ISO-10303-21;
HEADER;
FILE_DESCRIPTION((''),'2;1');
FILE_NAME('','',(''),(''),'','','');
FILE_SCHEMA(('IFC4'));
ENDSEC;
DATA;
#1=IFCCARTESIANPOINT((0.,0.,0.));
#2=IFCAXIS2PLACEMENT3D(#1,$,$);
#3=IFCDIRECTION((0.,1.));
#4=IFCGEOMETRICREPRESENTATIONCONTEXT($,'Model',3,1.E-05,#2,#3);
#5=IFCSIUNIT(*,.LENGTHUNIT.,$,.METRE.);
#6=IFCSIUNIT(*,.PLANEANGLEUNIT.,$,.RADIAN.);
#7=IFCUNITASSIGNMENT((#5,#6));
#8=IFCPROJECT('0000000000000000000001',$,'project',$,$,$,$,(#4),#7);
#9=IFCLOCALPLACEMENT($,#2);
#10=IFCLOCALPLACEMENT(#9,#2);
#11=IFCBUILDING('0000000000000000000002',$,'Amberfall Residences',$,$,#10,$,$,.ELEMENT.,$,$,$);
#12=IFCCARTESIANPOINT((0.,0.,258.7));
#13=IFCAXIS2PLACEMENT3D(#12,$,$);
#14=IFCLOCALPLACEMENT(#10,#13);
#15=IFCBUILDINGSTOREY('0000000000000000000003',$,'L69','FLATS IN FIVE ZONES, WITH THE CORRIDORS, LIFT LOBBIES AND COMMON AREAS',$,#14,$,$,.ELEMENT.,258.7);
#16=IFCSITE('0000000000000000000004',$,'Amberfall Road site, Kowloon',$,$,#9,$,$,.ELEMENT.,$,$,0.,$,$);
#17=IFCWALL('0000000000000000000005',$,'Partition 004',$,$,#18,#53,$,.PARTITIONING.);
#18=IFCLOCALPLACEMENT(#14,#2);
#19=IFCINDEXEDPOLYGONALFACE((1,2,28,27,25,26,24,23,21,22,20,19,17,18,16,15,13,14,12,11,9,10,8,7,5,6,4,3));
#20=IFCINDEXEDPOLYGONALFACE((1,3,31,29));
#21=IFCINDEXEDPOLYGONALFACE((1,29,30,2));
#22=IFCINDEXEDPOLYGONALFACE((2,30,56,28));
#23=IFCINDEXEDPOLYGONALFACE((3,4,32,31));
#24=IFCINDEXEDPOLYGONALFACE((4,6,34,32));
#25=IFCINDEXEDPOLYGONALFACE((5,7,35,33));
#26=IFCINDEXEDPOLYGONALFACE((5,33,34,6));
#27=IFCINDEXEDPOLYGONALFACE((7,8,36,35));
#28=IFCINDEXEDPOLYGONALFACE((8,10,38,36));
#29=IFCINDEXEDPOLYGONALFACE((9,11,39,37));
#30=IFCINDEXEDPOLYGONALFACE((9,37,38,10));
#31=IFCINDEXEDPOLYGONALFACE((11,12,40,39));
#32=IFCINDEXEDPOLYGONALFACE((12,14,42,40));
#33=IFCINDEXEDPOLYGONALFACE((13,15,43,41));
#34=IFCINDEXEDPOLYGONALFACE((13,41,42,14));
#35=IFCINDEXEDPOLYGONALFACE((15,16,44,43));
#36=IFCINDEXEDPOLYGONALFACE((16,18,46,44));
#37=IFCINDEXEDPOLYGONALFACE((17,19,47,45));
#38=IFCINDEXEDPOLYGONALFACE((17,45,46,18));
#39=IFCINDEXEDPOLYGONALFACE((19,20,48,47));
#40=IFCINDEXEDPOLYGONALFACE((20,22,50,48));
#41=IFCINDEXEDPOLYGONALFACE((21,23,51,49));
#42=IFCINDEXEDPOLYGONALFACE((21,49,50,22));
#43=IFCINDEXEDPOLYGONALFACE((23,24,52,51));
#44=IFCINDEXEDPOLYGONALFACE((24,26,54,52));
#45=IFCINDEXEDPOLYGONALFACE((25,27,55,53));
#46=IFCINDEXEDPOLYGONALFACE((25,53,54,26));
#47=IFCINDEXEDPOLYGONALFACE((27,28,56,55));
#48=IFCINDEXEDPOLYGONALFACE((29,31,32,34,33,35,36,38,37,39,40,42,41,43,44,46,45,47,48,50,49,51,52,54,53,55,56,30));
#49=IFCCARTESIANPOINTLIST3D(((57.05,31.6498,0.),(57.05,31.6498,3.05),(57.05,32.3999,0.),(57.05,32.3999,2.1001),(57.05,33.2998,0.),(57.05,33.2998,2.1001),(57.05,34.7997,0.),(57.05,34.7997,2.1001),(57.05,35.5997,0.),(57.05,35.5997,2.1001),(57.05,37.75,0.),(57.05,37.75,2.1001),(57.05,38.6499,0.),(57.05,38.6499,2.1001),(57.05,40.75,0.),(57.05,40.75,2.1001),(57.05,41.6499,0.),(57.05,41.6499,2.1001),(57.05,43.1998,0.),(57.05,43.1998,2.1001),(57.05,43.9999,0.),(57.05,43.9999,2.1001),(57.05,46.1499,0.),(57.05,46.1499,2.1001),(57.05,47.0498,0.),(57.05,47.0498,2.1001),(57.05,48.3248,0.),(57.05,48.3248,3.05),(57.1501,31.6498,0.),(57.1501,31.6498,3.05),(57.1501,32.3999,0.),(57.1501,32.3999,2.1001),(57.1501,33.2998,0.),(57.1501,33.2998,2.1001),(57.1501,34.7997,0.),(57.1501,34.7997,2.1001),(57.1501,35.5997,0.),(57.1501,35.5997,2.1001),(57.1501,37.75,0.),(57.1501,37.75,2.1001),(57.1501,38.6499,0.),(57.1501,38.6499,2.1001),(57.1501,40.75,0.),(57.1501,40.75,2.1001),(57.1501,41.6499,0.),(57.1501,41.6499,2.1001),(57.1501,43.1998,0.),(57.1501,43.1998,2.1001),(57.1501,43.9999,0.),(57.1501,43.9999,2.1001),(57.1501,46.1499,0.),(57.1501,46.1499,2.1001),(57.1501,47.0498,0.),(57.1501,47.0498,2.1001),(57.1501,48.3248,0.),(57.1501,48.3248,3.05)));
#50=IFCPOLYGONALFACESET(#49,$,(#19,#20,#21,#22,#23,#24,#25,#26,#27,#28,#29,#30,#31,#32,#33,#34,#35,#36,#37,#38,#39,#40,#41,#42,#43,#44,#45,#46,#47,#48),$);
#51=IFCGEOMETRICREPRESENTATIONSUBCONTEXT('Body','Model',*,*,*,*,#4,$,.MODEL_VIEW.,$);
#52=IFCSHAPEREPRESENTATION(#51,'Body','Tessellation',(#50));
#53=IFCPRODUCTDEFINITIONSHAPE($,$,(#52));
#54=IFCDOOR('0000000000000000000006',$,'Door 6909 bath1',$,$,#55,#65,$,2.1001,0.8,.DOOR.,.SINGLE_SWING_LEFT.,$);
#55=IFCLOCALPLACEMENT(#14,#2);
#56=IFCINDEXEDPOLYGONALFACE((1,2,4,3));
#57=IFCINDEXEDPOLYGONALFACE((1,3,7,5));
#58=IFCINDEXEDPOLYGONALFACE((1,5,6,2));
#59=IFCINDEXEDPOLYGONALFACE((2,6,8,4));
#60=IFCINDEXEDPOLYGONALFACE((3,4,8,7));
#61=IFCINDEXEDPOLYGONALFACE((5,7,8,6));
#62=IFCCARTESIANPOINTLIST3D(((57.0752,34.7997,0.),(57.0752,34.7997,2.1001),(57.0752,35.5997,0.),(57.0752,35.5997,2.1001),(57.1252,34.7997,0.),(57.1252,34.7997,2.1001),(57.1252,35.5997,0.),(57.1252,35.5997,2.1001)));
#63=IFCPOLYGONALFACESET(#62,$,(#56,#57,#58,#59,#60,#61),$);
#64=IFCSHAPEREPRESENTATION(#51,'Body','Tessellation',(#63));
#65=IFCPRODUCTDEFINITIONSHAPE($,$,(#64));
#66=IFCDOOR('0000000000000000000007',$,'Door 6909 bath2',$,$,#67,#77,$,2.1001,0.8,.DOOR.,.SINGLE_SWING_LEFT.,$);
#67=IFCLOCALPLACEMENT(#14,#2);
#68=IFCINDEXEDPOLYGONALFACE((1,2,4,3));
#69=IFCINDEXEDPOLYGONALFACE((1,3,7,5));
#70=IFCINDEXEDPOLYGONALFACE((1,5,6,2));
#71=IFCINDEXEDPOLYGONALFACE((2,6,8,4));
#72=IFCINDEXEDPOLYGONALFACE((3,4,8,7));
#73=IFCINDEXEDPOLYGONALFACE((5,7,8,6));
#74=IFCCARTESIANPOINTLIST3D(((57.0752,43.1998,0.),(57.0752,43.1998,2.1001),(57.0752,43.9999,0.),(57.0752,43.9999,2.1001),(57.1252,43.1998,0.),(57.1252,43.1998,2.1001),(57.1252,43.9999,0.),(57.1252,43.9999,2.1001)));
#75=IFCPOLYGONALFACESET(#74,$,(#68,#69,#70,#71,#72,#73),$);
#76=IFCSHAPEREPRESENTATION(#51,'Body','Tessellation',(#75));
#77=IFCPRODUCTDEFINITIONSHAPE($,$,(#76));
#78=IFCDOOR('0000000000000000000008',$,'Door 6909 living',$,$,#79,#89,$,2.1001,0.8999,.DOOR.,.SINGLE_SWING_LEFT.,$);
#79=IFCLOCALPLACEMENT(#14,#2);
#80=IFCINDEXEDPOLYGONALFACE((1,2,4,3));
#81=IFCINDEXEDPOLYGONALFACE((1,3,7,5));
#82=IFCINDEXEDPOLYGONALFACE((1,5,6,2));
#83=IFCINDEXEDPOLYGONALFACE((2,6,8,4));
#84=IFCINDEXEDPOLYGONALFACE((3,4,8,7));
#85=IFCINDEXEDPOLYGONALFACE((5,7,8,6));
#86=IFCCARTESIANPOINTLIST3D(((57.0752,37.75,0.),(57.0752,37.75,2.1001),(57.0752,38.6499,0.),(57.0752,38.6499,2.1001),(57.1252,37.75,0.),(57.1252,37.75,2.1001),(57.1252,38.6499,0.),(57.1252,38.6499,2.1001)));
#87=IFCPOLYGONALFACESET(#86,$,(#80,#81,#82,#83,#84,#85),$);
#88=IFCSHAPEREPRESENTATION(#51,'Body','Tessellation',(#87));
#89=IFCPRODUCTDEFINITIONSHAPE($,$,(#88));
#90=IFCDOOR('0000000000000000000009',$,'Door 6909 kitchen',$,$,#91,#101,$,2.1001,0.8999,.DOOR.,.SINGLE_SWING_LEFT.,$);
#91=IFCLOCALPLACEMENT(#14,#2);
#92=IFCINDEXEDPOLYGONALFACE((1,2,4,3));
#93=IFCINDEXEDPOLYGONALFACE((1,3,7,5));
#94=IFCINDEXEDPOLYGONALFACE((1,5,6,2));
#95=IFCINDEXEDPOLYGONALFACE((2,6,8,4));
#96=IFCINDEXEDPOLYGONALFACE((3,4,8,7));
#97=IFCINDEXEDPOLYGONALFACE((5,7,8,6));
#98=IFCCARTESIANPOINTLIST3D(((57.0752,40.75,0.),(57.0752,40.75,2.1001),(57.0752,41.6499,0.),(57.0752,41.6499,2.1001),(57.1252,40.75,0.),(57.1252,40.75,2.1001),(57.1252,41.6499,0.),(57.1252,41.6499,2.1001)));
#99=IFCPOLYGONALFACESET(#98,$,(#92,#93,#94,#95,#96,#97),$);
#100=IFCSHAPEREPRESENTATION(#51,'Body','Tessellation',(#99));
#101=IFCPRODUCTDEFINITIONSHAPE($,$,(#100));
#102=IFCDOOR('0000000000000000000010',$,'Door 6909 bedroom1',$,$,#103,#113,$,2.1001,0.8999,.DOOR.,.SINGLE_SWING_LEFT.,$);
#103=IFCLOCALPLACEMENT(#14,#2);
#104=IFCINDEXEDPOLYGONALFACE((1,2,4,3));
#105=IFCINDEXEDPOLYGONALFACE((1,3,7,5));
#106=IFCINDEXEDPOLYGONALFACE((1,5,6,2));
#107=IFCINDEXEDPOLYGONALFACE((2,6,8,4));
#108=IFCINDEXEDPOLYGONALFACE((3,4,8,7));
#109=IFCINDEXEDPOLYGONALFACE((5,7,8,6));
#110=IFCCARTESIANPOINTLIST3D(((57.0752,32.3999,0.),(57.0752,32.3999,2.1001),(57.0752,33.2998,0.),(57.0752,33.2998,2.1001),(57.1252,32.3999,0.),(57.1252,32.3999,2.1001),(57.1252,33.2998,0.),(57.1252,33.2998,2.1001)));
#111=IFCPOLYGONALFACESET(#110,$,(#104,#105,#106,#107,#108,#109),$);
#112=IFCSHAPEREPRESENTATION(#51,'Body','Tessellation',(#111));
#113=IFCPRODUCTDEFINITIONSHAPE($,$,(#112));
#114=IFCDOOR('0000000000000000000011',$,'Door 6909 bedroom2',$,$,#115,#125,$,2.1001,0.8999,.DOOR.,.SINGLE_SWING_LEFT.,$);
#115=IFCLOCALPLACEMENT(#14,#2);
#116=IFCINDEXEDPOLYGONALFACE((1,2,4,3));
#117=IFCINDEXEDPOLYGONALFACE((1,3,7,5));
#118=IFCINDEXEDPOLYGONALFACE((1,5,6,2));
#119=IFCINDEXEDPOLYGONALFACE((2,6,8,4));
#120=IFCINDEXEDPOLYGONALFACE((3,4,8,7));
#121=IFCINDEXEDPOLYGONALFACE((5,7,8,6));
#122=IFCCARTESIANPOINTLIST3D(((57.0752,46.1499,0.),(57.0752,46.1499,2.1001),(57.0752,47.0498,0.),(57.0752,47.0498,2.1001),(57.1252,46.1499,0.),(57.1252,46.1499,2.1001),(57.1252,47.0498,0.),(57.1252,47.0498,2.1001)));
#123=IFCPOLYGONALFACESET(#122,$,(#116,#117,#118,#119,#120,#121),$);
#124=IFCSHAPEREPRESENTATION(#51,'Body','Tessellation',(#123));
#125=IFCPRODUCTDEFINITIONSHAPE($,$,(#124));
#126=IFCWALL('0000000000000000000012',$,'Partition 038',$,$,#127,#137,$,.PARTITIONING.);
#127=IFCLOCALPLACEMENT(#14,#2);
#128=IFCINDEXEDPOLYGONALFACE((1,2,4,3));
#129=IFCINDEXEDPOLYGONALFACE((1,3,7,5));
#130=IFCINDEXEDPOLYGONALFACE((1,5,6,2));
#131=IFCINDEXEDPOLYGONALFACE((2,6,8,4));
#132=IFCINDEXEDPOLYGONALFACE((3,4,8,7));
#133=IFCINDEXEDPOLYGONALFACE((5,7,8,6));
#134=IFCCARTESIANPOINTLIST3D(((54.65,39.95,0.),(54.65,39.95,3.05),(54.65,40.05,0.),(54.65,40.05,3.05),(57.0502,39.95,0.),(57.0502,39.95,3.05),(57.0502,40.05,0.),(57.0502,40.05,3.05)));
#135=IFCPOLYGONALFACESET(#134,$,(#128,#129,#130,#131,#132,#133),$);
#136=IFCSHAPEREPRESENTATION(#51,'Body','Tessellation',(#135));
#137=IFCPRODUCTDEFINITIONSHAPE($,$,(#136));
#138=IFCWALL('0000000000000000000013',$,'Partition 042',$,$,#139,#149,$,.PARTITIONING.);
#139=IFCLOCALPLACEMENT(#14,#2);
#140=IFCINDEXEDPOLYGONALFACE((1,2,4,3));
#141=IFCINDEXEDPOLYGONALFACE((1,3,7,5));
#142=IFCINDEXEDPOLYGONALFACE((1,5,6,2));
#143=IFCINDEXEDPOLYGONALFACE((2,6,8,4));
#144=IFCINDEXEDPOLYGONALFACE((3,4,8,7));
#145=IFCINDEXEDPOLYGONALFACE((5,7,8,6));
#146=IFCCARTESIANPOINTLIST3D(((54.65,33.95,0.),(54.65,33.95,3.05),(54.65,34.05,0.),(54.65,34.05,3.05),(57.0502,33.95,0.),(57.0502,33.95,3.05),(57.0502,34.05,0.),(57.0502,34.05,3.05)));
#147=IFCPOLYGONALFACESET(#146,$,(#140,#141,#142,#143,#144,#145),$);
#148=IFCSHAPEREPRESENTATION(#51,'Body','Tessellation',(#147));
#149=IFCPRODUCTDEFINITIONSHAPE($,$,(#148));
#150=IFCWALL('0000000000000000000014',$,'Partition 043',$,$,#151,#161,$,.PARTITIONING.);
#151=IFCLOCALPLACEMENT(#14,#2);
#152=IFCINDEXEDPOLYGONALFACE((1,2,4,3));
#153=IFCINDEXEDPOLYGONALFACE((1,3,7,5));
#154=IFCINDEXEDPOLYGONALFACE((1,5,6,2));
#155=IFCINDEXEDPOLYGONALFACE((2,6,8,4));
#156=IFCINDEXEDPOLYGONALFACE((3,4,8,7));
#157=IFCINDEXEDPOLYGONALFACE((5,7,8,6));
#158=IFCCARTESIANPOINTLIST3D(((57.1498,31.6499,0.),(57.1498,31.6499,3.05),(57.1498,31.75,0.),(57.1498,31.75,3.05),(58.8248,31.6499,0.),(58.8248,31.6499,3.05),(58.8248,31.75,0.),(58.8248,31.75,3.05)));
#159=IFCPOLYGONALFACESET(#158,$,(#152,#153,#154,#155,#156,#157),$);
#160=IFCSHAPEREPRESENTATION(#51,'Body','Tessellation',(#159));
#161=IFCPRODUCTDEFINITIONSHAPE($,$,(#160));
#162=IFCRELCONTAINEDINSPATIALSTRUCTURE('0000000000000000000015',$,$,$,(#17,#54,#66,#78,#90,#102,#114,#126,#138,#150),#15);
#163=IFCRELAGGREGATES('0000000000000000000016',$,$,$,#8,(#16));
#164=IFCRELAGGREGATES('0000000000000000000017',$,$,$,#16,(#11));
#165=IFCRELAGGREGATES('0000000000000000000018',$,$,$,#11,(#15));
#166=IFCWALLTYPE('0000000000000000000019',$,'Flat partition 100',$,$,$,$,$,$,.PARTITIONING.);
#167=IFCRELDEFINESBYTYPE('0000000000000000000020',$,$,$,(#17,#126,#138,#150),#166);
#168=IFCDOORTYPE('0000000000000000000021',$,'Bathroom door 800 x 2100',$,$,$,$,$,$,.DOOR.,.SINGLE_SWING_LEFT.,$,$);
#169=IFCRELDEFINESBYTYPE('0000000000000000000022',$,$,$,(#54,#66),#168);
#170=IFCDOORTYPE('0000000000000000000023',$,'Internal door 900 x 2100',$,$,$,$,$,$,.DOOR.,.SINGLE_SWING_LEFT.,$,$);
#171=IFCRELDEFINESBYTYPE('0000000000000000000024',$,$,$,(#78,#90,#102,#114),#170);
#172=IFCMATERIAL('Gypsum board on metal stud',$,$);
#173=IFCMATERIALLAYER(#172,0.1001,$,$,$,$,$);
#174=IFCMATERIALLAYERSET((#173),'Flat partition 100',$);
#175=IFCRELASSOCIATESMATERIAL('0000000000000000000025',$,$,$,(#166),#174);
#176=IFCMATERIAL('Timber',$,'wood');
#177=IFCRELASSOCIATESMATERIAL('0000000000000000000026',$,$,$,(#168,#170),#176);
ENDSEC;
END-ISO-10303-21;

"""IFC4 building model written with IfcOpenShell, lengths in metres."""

from ifc_helpers import new_model, si_unit, direction, frame, frame_2d, origin, place, context, subcontext, project, spatial, rectangle, extrude, material, layer, layer_set, type_object, element, fill, save


model = new_model("IFC4")

# Units and contexts
model_context = context("Model", 3, precision=1e-05, world=origin(), true_north=direction((0.0, 1.0)))
body_context = subcontext(model_context, "Body", "Model", "MODEL_VIEW")
ifc_project = project(units=[si_unit("LENGTHUNIT", "METRE"), si_unit("PLANEANGLEUNIT", "RADIAN")], contexts=[model_context])

# Site, building, storey
site_placement = place(None, origin())
site = spatial("IfcSite", under=ifc_project, at=site_placement, Name="Amberfall Road site, Kowloon", CompositionType="ELEMENT", RefElevation=0.0)
building_placement = place(site_placement, origin())
building = spatial("IfcBuilding", under=site, at=building_placement, Name="Amberfall Residences", CompositionType="ELEMENT")
storey_placement = place(building_placement, frame((0.0, 0.0, 258.7)))
storey = spatial("IfcBuildingStorey", under=building, at=storey_placement, Name="L69", Description="FLATS IN FIVE ZONES, WITH THE CORRIDORS, LIFT LOBBIES AND COMMON AREAS", CompositionType="ELEMENT", Elevation=258.7)

# Shared definitions
ifc_material_1 = material(Name="Gypsum board on metal stud")
ifc_layer_1 = layer(ifc_material_1, 0.1001)
ifc_layer_set_1 = layer_set([ifc_layer_1], Name="Flat partition 100")
wall_type_1 = type_object("IfcWallType", Name="Flat partition 100", PredefinedType="PARTITIONING", material=ifc_layer_set_1)

# Wall, openings, doors
wall_1_placement = place(storey_placement, frame((57.1001, 31.6499, 0.0), z_axis=(0.0, 0.0, 1.0), x_axis=(0.0, 1.0, 0.0)))
wall_1 = element("IfcWall", 1, at=wall_1_placement, inside=storey, type_object=wall_type_1, Name="Partition 004", PredefinedType="PARTITIONING", context=body_context, shape_type="SweptSolid", body=[
    extrude(rectangle(XDim=16.675, YDim=0.1001, at=frame_2d((8.3374, 0.0))), origin(), (0.0, 0.0, 1.0), 3.05),
])
opening_1_placement = place(wall_1_placement, frame((6.1001, 0.0, 0.0)))
opening_1 = element("IfcOpeningElement", 2, at=opening_1_placement, cuts=wall_1, PredefinedType="OPENING", context=body_context, shape_type="SweptSolid", body=[
    extrude(rectangle(XDim=0.8999, YDim=2.1001, at=frame_2d((0.45, 1.05))), frame((0.0, 0.0601, 0.0), z_axis=(0.0, -1.0, 0.0), x_axis=(1.0, 0.0, 0.0)), (0.0, 0.0, 1.0), 0.1201),
])
opening_2_placement = place(wall_1_placement, frame((9.1001, 0.0, 0.0)))
opening_2 = element("IfcOpeningElement", 3, at=opening_2_placement, cuts=wall_1, PredefinedType="OPENING", context=body_context, shape_type="SweptSolid", body=[
    extrude(rectangle(XDim=0.8999, YDim=2.1001, at=frame_2d((0.45, 1.05))), frame((0.0, 0.0601, 0.0), z_axis=(0.0, -1.0, 0.0), x_axis=(1.0, 0.0, 0.0)), (0.0, 0.0, 1.0), 0.1201),
])
opening_3_placement = place(wall_1_placement, frame((0.75, 0.0, 0.0)))
opening_3 = element("IfcOpeningElement", 4, at=opening_3_placement, cuts=wall_1, PredefinedType="OPENING", context=body_context, shape_type="SweptSolid", body=[
    extrude(rectangle(XDim=0.8999, YDim=2.1001, at=frame_2d((0.45, 1.05))), frame((0.0, 0.0601, 0.0), z_axis=(0.0, -1.0, 0.0), x_axis=(1.0, 0.0, 0.0)), (0.0, 0.0, 1.0), 0.1201),
])
opening_4_placement = place(wall_1_placement, frame((14.5, 0.0, 0.0)))
opening_4 = element("IfcOpeningElement", 5, at=opening_4_placement, cuts=wall_1, PredefinedType="OPENING", context=body_context, shape_type="SweptSolid", body=[
    extrude(rectangle(XDim=0.8999, YDim=2.1001, at=frame_2d((0.45, 1.05))), frame((0.0, 0.0601, 0.0), z_axis=(0.0, -1.0, 0.0), x_axis=(1.0, 0.0, 0.0)), (0.0, 0.0, 1.0), 0.1201),
])
opening_5_placement = place(wall_1_placement, frame((3.1499, 0.0, 0.0)))
opening_5 = element("IfcOpeningElement", 6, at=opening_5_placement, cuts=wall_1, PredefinedType="OPENING", context=body_context, shape_type="SweptSolid", body=[
    extrude(rectangle(XDim=0.8, YDim=2.1001, at=frame_2d((0.3999, 1.05))), frame((0.0, 0.0601, 0.0), z_axis=(0.0, -1.0, 0.0), x_axis=(1.0, 0.0, 0.0)), (0.0, 0.0, 1.0), 0.1201),
])
opening_6_placement = place(wall_1_placement, frame((11.55, 0.0, 0.0)))
opening_6 = element("IfcOpeningElement", 7, at=opening_6_placement, cuts=wall_1, PredefinedType="OPENING", context=body_context, shape_type="SweptSolid", body=[
    extrude(rectangle(XDim=0.8, YDim=2.1001, at=frame_2d((0.3999, 1.05))), frame((0.0, 0.0601, 0.0), z_axis=(0.0, -1.0, 0.0), x_axis=(1.0, 0.0, 0.0)), (0.0, 0.0, 1.0), 0.1201),
])
ifc_material_2 = material(Name="Timber", Category="wood")
door_type_1 = type_object("IfcDoorType", Name="Bathroom door 800 x 2100", OperationType="SINGLE_SWING_LEFT", PredefinedType="DOOR", material=ifc_material_2)
door_1_placement = place(opening_5_placement, origin())
door_1 = element("IfcDoor", 8, at=door_1_placement, inside=storey, type_object=door_type_1, Name="Door 6909 bath1", OperationType="SINGLE_SWING_LEFT", OverallHeight=2.1001, OverallWidth=0.8, PredefinedType="DOOR", context=body_context, shape_type="SweptSolid", body=[
    extrude(rectangle(XDim=0.8, YDim=2.1001, at=frame_2d((0.3999, 1.05))), frame((0.0, 0.0249, 0.0), z_axis=(0.0, -1.0, 0.0), x_axis=(1.0, 0.0, 0.0)), (0.0, 0.0, 1.0), 0.05),
])
fill(opening_5, door_1)
door_2_placement = place(opening_6_placement, origin())
door_2 = element("IfcDoor", 9, at=door_2_placement, inside=storey, type_object=door_type_1, Name="Door 6909 bath2", OperationType="SINGLE_SWING_LEFT", OverallHeight=2.1001, OverallWidth=0.8, PredefinedType="DOOR", context=body_context, shape_type="SweptSolid", body=[
    extrude(rectangle(XDim=0.8, YDim=2.1001, at=frame_2d((0.3999, 1.05))), frame((0.0, 0.0249, 0.0), z_axis=(0.0, -1.0, 0.0), x_axis=(1.0, 0.0, 0.0)), (0.0, 0.0, 1.0), 0.05),
])
fill(opening_6, door_2)
door_type_2 = type_object("IfcDoorType", Name="Internal door 900 x 2100", OperationType="SINGLE_SWING_LEFT", PredefinedType="DOOR", material=ifc_material_2)
door_3_placement = place(opening_1_placement, origin())
door_3 = element("IfcDoor", 10, at=door_3_placement, inside=storey, type_object=door_type_2, Name="Door 6909 living", OperationType="SINGLE_SWING_LEFT", OverallHeight=2.1001, OverallWidth=0.8999, PredefinedType="DOOR", context=body_context, shape_type="SweptSolid", body=[
    extrude(rectangle(XDim=0.8999, YDim=2.1001, at=frame_2d((0.45, 1.05))), frame((0.0, 0.0249, 0.0), z_axis=(0.0, -1.0, 0.0), x_axis=(1.0, 0.0, 0.0)), (0.0, 0.0, 1.0), 0.05),
])
fill(opening_1, door_3)
door_4_placement = place(opening_2_placement, origin())
door_4 = element("IfcDoor", 11, at=door_4_placement, inside=storey, type_object=door_type_2, Name="Door 6909 kitchen", OperationType="SINGLE_SWING_LEFT", OverallHeight=2.1001, OverallWidth=0.8999, PredefinedType="DOOR", context=body_context, shape_type="SweptSolid", body=[
    extrude(rectangle(XDim=0.8999, YDim=2.1001, at=frame_2d((0.45, 1.05))), frame((0.0, 0.0249, 0.0), z_axis=(0.0, -1.0, 0.0), x_axis=(1.0, 0.0, 0.0)), (0.0, 0.0, 1.0), 0.05),
])
fill(opening_2, door_4)
door_5_placement = place(opening_3_placement, origin())
door_5 = element("IfcDoor", 12, at=door_5_placement, inside=storey, type_object=door_type_2, Name="Door 6909 bedroom1", OperationType="SINGLE_SWING_LEFT", OverallHeight=2.1001, OverallWidth=0.8999, PredefinedType="DOOR", context=body_context, shape_type="SweptSolid", body=[
    extrude(rectangle(XDim=0.8999, YDim=2.1001, at=frame_2d((0.45, 1.05))), frame((0.0, 0.0249, 0.0), z_axis=(0.0, -1.0, 0.0), x_axis=(1.0, 0.0, 0.0)), (0.0, 0.0, 1.0), 0.05),
])
fill(opening_3, door_5)
door_6_placement = place(opening_4_placement, origin())
door_6 = element("IfcDoor", 13, at=door_6_placement, inside=storey, type_object=door_type_2, Name="Door 6909 bedroom2", OperationType="SINGLE_SWING_LEFT", OverallHeight=2.1001, OverallWidth=0.8999, PredefinedType="DOOR", context=body_context, shape_type="SweptSolid", body=[
    extrude(rectangle(XDim=0.8999, YDim=2.1001, at=frame_2d((0.45, 1.05))), frame((0.0, 0.0249, 0.0), z_axis=(0.0, -1.0, 0.0), x_axis=(1.0, 0.0, 0.0)), (0.0, 0.0, 1.0), 0.05),
])
fill(opening_4, door_6)

# Walls
for number, where, z_axis, x_axis, name in (
    (14, (54.6499, 40.0, 0.0), (0.0, 0.0, 1.0), (1.0, 0.0, 0.0), "Partition 038"),
    (15, (54.6499, 34.0, 0.0), (0.0, 0.0, 1.0), (1.0, 0.0, 0.0), "Partition 042"),
):
    element("IfcWall", number, at=place(storey_placement, frame(where, z_axis=z_axis, x_axis=x_axis)), inside=storey, type_object=wall_type_1, Name=name, PredefinedType="PARTITIONING", context=body_context, shape_type="SweptSolid", body=[
        extrude(rectangle(XDim=2.4001, YDim=0.1001, at=frame_2d((1.2002, 0.0))), origin(), (0.0, 0.0, 1.0), 3.05),
    ])
wall_2_placement = place(storey_placement, frame((57.1499, 31.7, 0.0), z_axis=(0.0, 0.0, 1.0), x_axis=(1.0, 0.0, 0.0)))
element("IfcWall", 16, at=wall_2_placement, inside=storey, type_object=wall_type_1, Name="Partition 043", PredefinedType="PARTITIONING", context=body_context, shape_type="SweptSolid", body=[
    extrude(rectangle(XDim=1.675, YDim=0.1001, at=frame_2d((0.8374, 0.0))), origin(), (0.0, 0.0, 1.0), 3.05),
])

save(model, "model.ifc")
